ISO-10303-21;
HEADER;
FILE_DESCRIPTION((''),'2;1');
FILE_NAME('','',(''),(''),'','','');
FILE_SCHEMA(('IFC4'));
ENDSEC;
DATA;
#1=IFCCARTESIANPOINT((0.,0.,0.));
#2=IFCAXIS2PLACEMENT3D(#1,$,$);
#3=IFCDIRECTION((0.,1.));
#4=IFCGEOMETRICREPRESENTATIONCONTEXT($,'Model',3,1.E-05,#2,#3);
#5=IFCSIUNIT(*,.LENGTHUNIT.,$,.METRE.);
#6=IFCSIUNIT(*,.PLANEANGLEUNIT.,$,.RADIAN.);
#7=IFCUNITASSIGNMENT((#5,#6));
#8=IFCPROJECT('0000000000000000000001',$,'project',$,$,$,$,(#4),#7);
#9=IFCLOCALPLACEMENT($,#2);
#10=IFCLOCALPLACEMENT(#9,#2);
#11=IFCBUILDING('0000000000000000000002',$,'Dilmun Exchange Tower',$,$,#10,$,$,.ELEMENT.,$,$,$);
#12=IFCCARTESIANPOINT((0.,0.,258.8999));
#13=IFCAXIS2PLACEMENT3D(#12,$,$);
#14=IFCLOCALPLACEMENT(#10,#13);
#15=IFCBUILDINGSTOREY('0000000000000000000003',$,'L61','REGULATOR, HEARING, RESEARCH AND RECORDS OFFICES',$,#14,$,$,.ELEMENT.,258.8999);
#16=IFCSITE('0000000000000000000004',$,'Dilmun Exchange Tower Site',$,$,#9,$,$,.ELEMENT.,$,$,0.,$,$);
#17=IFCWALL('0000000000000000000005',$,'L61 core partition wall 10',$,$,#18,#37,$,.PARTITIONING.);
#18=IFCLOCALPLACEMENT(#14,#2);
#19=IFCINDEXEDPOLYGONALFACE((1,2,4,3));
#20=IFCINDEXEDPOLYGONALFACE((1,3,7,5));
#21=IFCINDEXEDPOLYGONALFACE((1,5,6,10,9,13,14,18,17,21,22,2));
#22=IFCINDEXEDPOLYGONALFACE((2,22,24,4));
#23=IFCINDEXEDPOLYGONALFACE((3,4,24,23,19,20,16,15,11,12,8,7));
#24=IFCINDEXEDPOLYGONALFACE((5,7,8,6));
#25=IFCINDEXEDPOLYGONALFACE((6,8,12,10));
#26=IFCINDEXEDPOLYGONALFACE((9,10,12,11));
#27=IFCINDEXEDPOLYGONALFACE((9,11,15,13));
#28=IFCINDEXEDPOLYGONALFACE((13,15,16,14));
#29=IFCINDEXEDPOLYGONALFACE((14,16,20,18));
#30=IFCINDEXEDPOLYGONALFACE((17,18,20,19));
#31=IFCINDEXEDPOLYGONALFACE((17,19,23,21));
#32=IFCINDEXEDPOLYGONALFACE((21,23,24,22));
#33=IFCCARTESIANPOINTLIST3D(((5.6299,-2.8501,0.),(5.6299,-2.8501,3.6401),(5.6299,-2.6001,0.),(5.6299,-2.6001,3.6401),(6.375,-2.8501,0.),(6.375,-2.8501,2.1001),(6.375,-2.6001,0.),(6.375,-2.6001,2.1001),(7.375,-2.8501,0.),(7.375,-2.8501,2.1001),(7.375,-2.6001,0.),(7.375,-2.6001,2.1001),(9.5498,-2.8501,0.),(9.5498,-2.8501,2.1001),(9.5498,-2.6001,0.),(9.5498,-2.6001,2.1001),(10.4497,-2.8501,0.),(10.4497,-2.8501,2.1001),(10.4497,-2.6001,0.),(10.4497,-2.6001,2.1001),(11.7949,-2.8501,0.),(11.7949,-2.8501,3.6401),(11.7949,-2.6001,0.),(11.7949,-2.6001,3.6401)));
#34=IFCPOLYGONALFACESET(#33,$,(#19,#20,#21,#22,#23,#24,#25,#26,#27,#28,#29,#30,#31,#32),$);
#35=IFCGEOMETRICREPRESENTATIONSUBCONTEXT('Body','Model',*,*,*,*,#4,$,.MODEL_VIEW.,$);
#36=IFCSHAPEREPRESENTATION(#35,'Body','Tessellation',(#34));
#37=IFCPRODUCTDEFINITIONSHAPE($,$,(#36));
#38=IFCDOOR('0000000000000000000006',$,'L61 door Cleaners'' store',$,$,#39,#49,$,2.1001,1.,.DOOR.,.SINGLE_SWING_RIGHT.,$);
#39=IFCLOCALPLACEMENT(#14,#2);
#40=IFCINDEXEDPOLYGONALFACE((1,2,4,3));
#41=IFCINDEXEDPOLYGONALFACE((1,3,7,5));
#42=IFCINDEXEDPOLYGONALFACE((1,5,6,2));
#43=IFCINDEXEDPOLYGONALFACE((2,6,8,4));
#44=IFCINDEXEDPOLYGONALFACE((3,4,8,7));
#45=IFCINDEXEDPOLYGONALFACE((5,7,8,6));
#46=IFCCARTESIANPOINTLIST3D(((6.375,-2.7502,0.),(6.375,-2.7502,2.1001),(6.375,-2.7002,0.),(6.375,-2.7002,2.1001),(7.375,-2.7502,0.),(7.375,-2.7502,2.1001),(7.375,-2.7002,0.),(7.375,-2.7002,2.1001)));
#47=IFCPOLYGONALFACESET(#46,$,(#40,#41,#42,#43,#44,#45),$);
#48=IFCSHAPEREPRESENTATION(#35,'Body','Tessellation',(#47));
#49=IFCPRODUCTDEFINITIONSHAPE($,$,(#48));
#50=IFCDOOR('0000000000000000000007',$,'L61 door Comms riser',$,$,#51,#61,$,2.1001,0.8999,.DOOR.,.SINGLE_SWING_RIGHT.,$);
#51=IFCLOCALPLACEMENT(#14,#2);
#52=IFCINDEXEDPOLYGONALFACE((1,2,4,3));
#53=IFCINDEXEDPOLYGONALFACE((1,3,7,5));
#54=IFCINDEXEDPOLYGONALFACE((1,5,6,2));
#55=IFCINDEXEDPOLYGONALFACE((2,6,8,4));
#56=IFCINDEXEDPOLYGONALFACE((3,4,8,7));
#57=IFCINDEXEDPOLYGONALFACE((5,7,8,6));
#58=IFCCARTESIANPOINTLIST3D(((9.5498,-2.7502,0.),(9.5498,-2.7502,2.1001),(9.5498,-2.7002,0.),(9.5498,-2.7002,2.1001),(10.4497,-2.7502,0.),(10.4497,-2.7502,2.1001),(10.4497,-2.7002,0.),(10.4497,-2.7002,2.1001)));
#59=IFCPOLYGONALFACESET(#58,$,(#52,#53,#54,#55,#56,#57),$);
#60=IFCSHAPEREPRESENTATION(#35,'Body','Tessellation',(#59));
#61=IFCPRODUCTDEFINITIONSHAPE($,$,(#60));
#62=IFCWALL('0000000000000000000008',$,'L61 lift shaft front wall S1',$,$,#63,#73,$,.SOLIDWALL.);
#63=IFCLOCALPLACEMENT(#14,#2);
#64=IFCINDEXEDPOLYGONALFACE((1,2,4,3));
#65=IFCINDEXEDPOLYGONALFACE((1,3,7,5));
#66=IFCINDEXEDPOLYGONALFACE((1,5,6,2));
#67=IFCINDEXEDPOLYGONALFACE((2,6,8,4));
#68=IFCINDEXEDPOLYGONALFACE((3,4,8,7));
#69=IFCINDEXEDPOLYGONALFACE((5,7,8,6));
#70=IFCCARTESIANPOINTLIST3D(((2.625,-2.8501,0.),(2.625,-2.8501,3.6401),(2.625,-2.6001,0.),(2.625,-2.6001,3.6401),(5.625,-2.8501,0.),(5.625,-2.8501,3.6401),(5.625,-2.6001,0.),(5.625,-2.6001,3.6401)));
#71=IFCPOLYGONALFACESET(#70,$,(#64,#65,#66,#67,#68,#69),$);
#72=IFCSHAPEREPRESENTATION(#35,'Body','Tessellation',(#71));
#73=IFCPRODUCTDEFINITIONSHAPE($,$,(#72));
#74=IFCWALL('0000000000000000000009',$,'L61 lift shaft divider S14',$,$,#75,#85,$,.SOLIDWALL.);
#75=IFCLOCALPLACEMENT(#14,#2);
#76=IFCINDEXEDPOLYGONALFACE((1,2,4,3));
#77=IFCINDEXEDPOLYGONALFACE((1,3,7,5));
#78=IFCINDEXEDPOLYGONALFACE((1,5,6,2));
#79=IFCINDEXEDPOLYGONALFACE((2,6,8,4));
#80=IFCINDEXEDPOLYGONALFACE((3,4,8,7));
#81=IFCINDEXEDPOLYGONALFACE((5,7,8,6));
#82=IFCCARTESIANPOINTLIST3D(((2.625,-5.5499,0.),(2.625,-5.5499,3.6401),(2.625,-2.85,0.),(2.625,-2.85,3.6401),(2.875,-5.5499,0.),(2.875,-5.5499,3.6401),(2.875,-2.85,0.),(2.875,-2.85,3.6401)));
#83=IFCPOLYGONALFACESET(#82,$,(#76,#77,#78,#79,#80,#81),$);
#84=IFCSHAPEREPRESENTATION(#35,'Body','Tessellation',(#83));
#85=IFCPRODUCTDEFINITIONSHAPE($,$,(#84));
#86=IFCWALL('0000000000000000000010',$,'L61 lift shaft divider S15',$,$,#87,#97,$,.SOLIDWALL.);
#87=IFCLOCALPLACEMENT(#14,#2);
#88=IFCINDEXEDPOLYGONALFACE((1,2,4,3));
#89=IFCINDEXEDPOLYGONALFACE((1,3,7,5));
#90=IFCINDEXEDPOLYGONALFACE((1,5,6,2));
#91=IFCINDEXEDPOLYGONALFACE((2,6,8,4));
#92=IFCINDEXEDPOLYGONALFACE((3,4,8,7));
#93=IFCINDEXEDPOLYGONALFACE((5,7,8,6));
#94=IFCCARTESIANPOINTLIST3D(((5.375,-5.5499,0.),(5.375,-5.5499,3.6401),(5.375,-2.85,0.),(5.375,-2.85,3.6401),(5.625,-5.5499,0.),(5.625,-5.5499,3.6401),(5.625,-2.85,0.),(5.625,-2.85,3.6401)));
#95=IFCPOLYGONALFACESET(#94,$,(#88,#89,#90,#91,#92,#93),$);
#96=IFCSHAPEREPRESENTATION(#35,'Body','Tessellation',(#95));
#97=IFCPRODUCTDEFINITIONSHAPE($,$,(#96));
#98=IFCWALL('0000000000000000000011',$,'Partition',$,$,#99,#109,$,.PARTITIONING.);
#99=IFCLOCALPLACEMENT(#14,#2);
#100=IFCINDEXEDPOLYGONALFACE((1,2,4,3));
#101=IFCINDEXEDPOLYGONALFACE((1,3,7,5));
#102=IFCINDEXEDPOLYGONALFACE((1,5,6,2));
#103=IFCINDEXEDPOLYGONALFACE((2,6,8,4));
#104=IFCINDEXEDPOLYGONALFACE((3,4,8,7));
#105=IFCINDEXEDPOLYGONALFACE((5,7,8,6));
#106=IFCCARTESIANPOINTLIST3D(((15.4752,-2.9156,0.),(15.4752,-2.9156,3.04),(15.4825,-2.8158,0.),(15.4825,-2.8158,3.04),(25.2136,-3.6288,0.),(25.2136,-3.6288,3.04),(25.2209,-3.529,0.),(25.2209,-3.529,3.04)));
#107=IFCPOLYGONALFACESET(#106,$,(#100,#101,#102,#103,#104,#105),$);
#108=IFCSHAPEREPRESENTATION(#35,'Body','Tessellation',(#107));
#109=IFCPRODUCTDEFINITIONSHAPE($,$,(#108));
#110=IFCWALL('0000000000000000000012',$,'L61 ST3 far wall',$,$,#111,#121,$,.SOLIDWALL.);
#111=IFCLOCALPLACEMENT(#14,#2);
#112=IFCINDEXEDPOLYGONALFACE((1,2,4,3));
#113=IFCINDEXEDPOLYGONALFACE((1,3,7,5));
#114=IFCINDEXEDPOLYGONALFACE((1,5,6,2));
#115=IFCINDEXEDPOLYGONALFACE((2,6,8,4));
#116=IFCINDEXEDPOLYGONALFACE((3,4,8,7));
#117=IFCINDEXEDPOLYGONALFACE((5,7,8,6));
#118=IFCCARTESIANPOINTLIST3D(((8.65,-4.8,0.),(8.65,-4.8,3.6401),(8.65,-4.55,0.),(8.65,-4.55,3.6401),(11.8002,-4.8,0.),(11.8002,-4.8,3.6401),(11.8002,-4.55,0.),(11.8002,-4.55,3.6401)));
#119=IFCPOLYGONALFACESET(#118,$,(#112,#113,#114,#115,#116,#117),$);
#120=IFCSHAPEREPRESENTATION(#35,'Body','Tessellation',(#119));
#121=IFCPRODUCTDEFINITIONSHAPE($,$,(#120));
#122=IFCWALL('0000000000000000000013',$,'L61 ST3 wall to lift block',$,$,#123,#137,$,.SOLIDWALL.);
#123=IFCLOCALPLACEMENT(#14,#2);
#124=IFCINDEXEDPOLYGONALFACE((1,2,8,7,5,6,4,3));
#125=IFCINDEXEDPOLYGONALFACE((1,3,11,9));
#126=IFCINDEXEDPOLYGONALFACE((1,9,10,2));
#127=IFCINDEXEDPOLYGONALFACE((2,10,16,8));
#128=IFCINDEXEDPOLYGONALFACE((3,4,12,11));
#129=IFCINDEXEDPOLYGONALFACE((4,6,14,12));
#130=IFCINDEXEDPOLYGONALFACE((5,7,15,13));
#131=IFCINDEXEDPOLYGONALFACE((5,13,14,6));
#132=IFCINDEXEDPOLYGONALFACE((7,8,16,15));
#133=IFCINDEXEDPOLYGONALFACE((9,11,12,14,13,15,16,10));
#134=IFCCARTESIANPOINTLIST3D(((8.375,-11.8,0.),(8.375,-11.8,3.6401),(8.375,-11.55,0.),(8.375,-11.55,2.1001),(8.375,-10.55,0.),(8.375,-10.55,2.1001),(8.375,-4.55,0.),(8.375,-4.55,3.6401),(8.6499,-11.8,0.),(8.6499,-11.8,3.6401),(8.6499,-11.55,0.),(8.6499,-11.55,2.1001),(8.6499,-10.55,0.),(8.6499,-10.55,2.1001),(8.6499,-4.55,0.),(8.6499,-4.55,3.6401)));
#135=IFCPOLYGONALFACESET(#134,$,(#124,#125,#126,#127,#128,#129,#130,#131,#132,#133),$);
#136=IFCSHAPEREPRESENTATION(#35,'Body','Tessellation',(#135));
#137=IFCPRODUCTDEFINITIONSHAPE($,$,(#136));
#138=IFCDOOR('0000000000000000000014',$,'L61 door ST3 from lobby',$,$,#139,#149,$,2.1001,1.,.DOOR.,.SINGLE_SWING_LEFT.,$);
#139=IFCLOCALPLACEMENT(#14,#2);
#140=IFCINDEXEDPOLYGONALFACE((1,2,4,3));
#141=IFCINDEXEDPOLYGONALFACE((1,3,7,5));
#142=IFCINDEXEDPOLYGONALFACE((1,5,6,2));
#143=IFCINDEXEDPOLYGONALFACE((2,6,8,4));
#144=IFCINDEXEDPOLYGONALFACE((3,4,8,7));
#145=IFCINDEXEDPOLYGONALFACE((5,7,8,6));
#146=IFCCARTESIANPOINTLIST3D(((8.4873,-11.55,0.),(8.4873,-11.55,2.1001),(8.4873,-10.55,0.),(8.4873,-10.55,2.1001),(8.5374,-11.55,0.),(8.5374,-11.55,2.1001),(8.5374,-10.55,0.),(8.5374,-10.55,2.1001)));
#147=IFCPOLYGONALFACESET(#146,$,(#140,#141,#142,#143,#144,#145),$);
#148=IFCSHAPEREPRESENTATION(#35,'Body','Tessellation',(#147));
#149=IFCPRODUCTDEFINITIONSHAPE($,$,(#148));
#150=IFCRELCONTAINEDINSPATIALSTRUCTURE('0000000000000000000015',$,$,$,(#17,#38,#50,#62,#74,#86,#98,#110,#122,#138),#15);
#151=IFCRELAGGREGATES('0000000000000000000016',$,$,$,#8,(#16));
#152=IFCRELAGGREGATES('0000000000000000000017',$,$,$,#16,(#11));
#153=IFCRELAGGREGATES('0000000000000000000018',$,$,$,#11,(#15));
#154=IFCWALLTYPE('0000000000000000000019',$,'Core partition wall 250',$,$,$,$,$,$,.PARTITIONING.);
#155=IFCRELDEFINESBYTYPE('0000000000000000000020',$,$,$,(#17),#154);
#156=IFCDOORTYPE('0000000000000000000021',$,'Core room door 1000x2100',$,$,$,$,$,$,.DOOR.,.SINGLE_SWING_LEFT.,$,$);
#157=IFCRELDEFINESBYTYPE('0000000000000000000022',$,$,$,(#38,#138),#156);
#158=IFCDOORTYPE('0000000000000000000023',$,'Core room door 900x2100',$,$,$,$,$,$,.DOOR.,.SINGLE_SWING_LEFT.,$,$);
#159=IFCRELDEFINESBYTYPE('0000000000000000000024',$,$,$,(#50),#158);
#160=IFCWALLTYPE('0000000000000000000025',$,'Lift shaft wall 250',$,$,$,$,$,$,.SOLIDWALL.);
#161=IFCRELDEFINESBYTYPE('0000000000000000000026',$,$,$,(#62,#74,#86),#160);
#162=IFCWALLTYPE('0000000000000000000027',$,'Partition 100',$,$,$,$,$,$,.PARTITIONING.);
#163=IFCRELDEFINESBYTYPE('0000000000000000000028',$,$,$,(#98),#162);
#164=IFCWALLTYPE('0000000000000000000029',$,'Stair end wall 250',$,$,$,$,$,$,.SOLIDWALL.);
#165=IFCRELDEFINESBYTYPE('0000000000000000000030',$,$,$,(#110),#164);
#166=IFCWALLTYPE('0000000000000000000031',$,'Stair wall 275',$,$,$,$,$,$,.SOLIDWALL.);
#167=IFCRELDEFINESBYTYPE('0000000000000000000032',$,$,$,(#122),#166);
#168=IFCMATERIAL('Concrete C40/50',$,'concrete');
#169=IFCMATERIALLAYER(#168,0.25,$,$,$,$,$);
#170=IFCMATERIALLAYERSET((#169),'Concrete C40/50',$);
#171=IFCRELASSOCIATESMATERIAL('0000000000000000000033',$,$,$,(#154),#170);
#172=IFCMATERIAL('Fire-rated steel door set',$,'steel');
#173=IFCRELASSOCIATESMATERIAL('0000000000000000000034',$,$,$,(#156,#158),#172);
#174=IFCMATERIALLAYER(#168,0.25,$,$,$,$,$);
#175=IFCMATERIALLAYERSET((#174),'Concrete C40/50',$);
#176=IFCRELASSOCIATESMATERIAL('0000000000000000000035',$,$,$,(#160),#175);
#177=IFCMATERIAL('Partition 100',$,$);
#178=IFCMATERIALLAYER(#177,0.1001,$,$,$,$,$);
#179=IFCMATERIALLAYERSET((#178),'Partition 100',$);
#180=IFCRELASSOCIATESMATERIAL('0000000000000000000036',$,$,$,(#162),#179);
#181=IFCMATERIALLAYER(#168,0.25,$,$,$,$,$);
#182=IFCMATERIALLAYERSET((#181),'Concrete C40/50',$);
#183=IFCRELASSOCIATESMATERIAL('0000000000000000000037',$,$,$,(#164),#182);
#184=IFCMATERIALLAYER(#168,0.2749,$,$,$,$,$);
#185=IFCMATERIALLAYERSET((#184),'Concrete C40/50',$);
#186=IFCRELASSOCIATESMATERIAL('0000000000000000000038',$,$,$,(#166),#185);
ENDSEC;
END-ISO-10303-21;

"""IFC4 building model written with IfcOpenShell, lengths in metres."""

from ifc_helpers import new_model, si_unit, direction, frame, frame_2d, origin, place, context, subcontext, project, spatial, rectangle, extrude, material, layer, layer_set, type_object, element, fill, save


model = new_model("IFC4")

# Units and contexts
model_context = context("Model", 3, precision=1e-05, world=origin(), true_north=direction((0.0, 1.0)))
body_context = subcontext(model_context, "Body", "Model", "MODEL_VIEW")
ifc_project = project(units=[si_unit("LENGTHUNIT", "METRE"), si_unit("PLANEANGLEUNIT", "RADIAN")], contexts=[model_context])

# Site, building, storey
site_placement = place(None, origin())
site = spatial("IfcSite", under=ifc_project, at=site_placement, Name="Dilmun Exchange Tower Site", CompositionType="ELEMENT", RefElevation=0.0)
building_placement = place(site_placement, origin())
building = spatial("IfcBuilding", under=site, at=building_placement, Name="Dilmun Exchange Tower", CompositionType="ELEMENT")
storey_placement = place(building_placement, frame((0.0, 0.0, 258.8999)))
storey = spatial("IfcBuildingStorey", under=building, at=storey_placement, Name="L61", Description="REGULATOR, HEARING, RESEARCH AND RECORDS OFFICES", CompositionType="ELEMENT", Elevation=258.8999)

# Shared definitions
ifc_material_1 = material(Name="Concrete C40/50", Category="concrete")

# Shared definitions
ifc_layer_1 = layer(ifc_material_1, 0.25)
ifc_layer_set_1 = layer_set([ifc_layer_1], Name="Concrete C40/50")
wall_type_1 = type_object("IfcWallType", Name="Core partition wall 250", PredefinedType="PARTITIONING", material=ifc_layer_set_1)

# Wall, openings, doors
wall_1_placement = place(storey_placement, frame((5.6299, -2.7251, 0.0), z_axis=(0.0, 0.0, 1.0), x_axis=(1.0, 0.0, 0.0)))
wall_1 = element("IfcWall", 1, at=wall_1_placement, inside=storey, type_object=wall_type_1, Name="L61 core partition wall 10", PredefinedType="PARTITIONING", context=body_context, shape_type="SweptSolid", body=[
    extrude(rectangle(XDim=6.165, YDim=0.25, at=frame_2d((3.0825, 0.0))), origin(), (0.0, 0.0, 1.0), 3.6401),
])
opening_1_placement = place(wall_1_placement, frame((0.7451, 0.0, 0.0)))
opening_1 = element("IfcOpeningElement", 2, at=opening_1_placement, cuts=wall_1, PredefinedType="OPENING", context=body_context, shape_type="SweptSolid", body=[
    extrude(rectangle(XDim=1.0, YDim=2.1001, at=frame_2d((0.5, 1.05))), frame((0.0, 0.135, 0.0), z_axis=(0.0, -1.0, 0.0), x_axis=(1.0, 0.0, 0.0)), (0.0, 0.0, 1.0), 0.27),
])
opening_2_placement = place(wall_1_placement, frame((3.9199, 0.0, 0.0)))
opening_2 = element("IfcOpeningElement", 3, at=opening_2_placement, cuts=wall_1, PredefinedType="OPENING", context=body_context, shape_type="SweptSolid", body=[
    extrude(rectangle(XDim=0.8999, YDim=2.1001, at=frame_2d((0.45, 1.05))), frame((0.0, 0.135, 0.0), z_axis=(0.0, -1.0, 0.0), x_axis=(1.0, 0.0, 0.0)), (0.0, 0.0, 1.0), 0.27),
])
ifc_material_2 = material(Name="Fire-rated steel door set", Category="steel")
door_type_1 = type_object("IfcDoorType", Name="Core room door 1000x2100", OperationType="SINGLE_SWING_LEFT", PredefinedType="DOOR", material=ifc_material_2)
door_1_placement = place(opening_1_placement, origin())
door_1 = element("IfcDoor", 4, at=door_1_placement, inside=storey, type_object=door_type_1, Name="L61 door Cleaners' store", OperationType="SINGLE_SWING_RIGHT", OverallHeight=2.1001, OverallWidth=1.0, PredefinedType="DOOR", context=body_context, shape_type="SweptSolid", body=[
    extrude(rectangle(XDim=1.0, YDim=2.1001, at=frame_2d((0.5, 1.05))), frame((0.0, 0.0249, 0.0), z_axis=(0.0, -1.0, 0.0), x_axis=(1.0, 0.0, 0.0)), (0.0, 0.0, 1.0), 0.05),
])
fill(opening_1, door_1)
door_type_2 = type_object("IfcDoorType", Name="Core room door 900x2100", OperationType="SINGLE_SWING_LEFT", PredefinedType="DOOR", material=ifc_material_2)
door_2_placement = place(opening_2_placement, origin())
door_2 = element("IfcDoor", 5, at=door_2_placement, inside=storey, type_object=door_type_2, Name="L61 door Comms riser", OperationType="SINGLE_SWING_RIGHT", OverallHeight=2.1001, OverallWidth=0.8999, PredefinedType="DOOR", context=body_context, shape_type="SweptSolid", body=[
    extrude(rectangle(XDim=0.8999, YDim=2.1001, at=frame_2d((0.45, 1.05))), frame((0.0, 0.0249, 0.0), z_axis=(0.0, -1.0, 0.0), x_axis=(1.0, 0.0, 0.0)), (0.0, 0.0, 1.0), 0.05),
])
fill(opening_2, door_2)

# Walls
ifc_layer_2 = layer(ifc_material_1, 0.25)
ifc_layer_set_2 = layer_set([ifc_layer_2], Name="Concrete C40/50")
wall_type_2 = type_object("IfcWallType", Name="Lift shaft wall 250", PredefinedType="SOLIDWALL", material=ifc_layer_set_2)
wall_2_placement = place(storey_placement, frame((2.625, -2.7251, 0.0), z_axis=(0.0, 0.0, 1.0), x_axis=(1.0, 0.0, 0.0)))
element("IfcWall", 6, at=wall_2_placement, inside=storey, type_object=wall_type_2, Name="L61 lift shaft front wall S1", PredefinedType="SOLIDWALL", context=body_context, shape_type="SweptSolid", body=[
    extrude(rectangle(XDim=3.0, YDim=0.25, at=frame_2d((1.5, 0.0))), origin(), (0.0, 0.0, 1.0), 3.6401),
])
for number, where, z_axis, x_axis, name in (
    (7, (2.75, -5.55, 0.0), (0.0, 0.0, 1.0), (0.0, 1.0, 0.0), "L61 lift shaft divider S14"),
    (8, (5.5, -5.55, 0.0), (0.0, 0.0, 1.0), (0.0, 1.0, 0.0), "L61 lift shaft divider S15"),
):
    element("IfcWall", number, at=place(storey_placement, frame(where, z_axis=z_axis, x_axis=x_axis)), inside=storey, type_object=wall_type_2, Name=name, PredefinedType="SOLIDWALL", context=body_context, shape_type="SweptSolid", body=[
        extrude(rectangle(XDim=2.7, YDim=0.25, at=frame_2d((1.3501, 0.0))), origin(), (0.0, 0.0, 1.0), 3.6401),
    ])
ifc_material_3 = material(Name="Partition 100")
ifc_layer_3 = layer(ifc_material_3, 0.1001)
ifc_layer_set_3 = layer_set([ifc_layer_3], Name="Partition 100")
wall_type_3 = type_object("IfcWallType", Name="Partition 100", PredefinedType="PARTITIONING", material=ifc_layer_set_3)
wall_3_placement = place(storey_placement, frame((15.4788, -2.8657, 0.0), z_axis=(0.0, 0.0, 1.0), x_axis=(0.997329, -0.073034, 0.0)))
element("IfcWall", 9, at=wall_3_placement, inside=storey, type_object=wall_type_3, Name="Partition", PredefinedType="PARTITIONING", context=body_context, shape_type="SweptSolid", body=[
    extrude(rectangle(XDim=9.7644, YDim=0.1001, at=frame_2d((4.8823, 0.0))), origin(), (0.0, 0.0, 1.0), 3.04),
])
ifc_layer_4 = layer(ifc_material_1, 0.25)
ifc_layer_set_4 = layer_set([ifc_layer_4], Name="Concrete C40/50")
wall_type_4 = type_object("IfcWallType", Name="Stair end wall 250", PredefinedType="SOLIDWALL", material=ifc_layer_set_4)
wall_4_placement = place(storey_placement, frame((8.6499, -4.675, 0.0), z_axis=(0.0, 0.0, 1.0), x_axis=(1.0, 0.0, 0.0)))
element("IfcWall", 10, at=wall_4_placement, inside=storey, type_object=wall_type_4, Name="L61 ST3 far wall", PredefinedType="SOLIDWALL", context=body_context, shape_type="SweptSolid", body=[
    extrude(rectangle(XDim=3.1501, YDim=0.25, at=frame_2d((1.5752, 0.0))), origin(), (0.0, 0.0, 1.0), 3.6401),
])

# Wall, opening, door
ifc_layer_5 = layer(ifc_material_1, 0.2749)
ifc_layer_set_5 = layer_set([ifc_layer_5], Name="Concrete C40/50")
wall_type_5 = type_object("IfcWallType", Name="Stair wall 275", PredefinedType="SOLIDWALL", material=ifc_layer_set_5)
wall_5_placement = place(storey_placement, frame((8.5125, -4.55, 0.0), z_axis=(0.0, 0.0, 1.0), x_axis=(0.0, -1.0, 0.0)))
wall_5 = element("IfcWall", 11, at=wall_5_placement, inside=storey, type_object=wall_type_5, Name="L61 ST3 wall to lift block", PredefinedType="SOLIDWALL", context=body_context, shape_type="SweptSolid", body=[
    extrude(rectangle(XDim=7.25, YDim=0.2749, at=frame_2d((3.625, 0.0))), origin(), (0.0, 0.0, 1.0), 3.6401),
])
opening_3_placement = place(wall_5_placement, frame((6.0, 0.0, 0.0)))
opening_3 = element("IfcOpeningElement", 12, at=opening_3_placement, cuts=wall_5, PredefinedType="OPENING", context=body_context, shape_type="SweptSolid", body=[
    extrude(rectangle(XDim=1.0, YDim=2.1001, at=frame_2d((0.5, 1.05))), frame((0.0, 0.1475, 0.0), z_axis=(0.0, -1.0, 0.0), x_axis=(1.0, 0.0, 0.0)), (0.0, 0.0, 1.0), 0.2949),
])
door_3_placement = place(opening_3_placement, origin())
door_3 = element("IfcDoor", 13, at=door_3_placement, inside=storey, type_object=door_type_1, Name="L61 door ST3 from lobby", OperationType="SINGLE_SWING_LEFT", OverallHeight=2.1001, OverallWidth=1.0, PredefinedType="DOOR", context=body_context, shape_type="SweptSolid", body=[
    extrude(rectangle(XDim=1.0, YDim=2.1001, at=frame_2d((0.5, 1.05))), frame((0.0, 0.0249, 0.0), z_axis=(0.0, -1.0, 0.0), x_axis=(1.0, 0.0, 0.0)), (0.0, 0.0, 1.0), 0.05),
])
fill(opening_3, door_3)

save(model, "model.ifc")
